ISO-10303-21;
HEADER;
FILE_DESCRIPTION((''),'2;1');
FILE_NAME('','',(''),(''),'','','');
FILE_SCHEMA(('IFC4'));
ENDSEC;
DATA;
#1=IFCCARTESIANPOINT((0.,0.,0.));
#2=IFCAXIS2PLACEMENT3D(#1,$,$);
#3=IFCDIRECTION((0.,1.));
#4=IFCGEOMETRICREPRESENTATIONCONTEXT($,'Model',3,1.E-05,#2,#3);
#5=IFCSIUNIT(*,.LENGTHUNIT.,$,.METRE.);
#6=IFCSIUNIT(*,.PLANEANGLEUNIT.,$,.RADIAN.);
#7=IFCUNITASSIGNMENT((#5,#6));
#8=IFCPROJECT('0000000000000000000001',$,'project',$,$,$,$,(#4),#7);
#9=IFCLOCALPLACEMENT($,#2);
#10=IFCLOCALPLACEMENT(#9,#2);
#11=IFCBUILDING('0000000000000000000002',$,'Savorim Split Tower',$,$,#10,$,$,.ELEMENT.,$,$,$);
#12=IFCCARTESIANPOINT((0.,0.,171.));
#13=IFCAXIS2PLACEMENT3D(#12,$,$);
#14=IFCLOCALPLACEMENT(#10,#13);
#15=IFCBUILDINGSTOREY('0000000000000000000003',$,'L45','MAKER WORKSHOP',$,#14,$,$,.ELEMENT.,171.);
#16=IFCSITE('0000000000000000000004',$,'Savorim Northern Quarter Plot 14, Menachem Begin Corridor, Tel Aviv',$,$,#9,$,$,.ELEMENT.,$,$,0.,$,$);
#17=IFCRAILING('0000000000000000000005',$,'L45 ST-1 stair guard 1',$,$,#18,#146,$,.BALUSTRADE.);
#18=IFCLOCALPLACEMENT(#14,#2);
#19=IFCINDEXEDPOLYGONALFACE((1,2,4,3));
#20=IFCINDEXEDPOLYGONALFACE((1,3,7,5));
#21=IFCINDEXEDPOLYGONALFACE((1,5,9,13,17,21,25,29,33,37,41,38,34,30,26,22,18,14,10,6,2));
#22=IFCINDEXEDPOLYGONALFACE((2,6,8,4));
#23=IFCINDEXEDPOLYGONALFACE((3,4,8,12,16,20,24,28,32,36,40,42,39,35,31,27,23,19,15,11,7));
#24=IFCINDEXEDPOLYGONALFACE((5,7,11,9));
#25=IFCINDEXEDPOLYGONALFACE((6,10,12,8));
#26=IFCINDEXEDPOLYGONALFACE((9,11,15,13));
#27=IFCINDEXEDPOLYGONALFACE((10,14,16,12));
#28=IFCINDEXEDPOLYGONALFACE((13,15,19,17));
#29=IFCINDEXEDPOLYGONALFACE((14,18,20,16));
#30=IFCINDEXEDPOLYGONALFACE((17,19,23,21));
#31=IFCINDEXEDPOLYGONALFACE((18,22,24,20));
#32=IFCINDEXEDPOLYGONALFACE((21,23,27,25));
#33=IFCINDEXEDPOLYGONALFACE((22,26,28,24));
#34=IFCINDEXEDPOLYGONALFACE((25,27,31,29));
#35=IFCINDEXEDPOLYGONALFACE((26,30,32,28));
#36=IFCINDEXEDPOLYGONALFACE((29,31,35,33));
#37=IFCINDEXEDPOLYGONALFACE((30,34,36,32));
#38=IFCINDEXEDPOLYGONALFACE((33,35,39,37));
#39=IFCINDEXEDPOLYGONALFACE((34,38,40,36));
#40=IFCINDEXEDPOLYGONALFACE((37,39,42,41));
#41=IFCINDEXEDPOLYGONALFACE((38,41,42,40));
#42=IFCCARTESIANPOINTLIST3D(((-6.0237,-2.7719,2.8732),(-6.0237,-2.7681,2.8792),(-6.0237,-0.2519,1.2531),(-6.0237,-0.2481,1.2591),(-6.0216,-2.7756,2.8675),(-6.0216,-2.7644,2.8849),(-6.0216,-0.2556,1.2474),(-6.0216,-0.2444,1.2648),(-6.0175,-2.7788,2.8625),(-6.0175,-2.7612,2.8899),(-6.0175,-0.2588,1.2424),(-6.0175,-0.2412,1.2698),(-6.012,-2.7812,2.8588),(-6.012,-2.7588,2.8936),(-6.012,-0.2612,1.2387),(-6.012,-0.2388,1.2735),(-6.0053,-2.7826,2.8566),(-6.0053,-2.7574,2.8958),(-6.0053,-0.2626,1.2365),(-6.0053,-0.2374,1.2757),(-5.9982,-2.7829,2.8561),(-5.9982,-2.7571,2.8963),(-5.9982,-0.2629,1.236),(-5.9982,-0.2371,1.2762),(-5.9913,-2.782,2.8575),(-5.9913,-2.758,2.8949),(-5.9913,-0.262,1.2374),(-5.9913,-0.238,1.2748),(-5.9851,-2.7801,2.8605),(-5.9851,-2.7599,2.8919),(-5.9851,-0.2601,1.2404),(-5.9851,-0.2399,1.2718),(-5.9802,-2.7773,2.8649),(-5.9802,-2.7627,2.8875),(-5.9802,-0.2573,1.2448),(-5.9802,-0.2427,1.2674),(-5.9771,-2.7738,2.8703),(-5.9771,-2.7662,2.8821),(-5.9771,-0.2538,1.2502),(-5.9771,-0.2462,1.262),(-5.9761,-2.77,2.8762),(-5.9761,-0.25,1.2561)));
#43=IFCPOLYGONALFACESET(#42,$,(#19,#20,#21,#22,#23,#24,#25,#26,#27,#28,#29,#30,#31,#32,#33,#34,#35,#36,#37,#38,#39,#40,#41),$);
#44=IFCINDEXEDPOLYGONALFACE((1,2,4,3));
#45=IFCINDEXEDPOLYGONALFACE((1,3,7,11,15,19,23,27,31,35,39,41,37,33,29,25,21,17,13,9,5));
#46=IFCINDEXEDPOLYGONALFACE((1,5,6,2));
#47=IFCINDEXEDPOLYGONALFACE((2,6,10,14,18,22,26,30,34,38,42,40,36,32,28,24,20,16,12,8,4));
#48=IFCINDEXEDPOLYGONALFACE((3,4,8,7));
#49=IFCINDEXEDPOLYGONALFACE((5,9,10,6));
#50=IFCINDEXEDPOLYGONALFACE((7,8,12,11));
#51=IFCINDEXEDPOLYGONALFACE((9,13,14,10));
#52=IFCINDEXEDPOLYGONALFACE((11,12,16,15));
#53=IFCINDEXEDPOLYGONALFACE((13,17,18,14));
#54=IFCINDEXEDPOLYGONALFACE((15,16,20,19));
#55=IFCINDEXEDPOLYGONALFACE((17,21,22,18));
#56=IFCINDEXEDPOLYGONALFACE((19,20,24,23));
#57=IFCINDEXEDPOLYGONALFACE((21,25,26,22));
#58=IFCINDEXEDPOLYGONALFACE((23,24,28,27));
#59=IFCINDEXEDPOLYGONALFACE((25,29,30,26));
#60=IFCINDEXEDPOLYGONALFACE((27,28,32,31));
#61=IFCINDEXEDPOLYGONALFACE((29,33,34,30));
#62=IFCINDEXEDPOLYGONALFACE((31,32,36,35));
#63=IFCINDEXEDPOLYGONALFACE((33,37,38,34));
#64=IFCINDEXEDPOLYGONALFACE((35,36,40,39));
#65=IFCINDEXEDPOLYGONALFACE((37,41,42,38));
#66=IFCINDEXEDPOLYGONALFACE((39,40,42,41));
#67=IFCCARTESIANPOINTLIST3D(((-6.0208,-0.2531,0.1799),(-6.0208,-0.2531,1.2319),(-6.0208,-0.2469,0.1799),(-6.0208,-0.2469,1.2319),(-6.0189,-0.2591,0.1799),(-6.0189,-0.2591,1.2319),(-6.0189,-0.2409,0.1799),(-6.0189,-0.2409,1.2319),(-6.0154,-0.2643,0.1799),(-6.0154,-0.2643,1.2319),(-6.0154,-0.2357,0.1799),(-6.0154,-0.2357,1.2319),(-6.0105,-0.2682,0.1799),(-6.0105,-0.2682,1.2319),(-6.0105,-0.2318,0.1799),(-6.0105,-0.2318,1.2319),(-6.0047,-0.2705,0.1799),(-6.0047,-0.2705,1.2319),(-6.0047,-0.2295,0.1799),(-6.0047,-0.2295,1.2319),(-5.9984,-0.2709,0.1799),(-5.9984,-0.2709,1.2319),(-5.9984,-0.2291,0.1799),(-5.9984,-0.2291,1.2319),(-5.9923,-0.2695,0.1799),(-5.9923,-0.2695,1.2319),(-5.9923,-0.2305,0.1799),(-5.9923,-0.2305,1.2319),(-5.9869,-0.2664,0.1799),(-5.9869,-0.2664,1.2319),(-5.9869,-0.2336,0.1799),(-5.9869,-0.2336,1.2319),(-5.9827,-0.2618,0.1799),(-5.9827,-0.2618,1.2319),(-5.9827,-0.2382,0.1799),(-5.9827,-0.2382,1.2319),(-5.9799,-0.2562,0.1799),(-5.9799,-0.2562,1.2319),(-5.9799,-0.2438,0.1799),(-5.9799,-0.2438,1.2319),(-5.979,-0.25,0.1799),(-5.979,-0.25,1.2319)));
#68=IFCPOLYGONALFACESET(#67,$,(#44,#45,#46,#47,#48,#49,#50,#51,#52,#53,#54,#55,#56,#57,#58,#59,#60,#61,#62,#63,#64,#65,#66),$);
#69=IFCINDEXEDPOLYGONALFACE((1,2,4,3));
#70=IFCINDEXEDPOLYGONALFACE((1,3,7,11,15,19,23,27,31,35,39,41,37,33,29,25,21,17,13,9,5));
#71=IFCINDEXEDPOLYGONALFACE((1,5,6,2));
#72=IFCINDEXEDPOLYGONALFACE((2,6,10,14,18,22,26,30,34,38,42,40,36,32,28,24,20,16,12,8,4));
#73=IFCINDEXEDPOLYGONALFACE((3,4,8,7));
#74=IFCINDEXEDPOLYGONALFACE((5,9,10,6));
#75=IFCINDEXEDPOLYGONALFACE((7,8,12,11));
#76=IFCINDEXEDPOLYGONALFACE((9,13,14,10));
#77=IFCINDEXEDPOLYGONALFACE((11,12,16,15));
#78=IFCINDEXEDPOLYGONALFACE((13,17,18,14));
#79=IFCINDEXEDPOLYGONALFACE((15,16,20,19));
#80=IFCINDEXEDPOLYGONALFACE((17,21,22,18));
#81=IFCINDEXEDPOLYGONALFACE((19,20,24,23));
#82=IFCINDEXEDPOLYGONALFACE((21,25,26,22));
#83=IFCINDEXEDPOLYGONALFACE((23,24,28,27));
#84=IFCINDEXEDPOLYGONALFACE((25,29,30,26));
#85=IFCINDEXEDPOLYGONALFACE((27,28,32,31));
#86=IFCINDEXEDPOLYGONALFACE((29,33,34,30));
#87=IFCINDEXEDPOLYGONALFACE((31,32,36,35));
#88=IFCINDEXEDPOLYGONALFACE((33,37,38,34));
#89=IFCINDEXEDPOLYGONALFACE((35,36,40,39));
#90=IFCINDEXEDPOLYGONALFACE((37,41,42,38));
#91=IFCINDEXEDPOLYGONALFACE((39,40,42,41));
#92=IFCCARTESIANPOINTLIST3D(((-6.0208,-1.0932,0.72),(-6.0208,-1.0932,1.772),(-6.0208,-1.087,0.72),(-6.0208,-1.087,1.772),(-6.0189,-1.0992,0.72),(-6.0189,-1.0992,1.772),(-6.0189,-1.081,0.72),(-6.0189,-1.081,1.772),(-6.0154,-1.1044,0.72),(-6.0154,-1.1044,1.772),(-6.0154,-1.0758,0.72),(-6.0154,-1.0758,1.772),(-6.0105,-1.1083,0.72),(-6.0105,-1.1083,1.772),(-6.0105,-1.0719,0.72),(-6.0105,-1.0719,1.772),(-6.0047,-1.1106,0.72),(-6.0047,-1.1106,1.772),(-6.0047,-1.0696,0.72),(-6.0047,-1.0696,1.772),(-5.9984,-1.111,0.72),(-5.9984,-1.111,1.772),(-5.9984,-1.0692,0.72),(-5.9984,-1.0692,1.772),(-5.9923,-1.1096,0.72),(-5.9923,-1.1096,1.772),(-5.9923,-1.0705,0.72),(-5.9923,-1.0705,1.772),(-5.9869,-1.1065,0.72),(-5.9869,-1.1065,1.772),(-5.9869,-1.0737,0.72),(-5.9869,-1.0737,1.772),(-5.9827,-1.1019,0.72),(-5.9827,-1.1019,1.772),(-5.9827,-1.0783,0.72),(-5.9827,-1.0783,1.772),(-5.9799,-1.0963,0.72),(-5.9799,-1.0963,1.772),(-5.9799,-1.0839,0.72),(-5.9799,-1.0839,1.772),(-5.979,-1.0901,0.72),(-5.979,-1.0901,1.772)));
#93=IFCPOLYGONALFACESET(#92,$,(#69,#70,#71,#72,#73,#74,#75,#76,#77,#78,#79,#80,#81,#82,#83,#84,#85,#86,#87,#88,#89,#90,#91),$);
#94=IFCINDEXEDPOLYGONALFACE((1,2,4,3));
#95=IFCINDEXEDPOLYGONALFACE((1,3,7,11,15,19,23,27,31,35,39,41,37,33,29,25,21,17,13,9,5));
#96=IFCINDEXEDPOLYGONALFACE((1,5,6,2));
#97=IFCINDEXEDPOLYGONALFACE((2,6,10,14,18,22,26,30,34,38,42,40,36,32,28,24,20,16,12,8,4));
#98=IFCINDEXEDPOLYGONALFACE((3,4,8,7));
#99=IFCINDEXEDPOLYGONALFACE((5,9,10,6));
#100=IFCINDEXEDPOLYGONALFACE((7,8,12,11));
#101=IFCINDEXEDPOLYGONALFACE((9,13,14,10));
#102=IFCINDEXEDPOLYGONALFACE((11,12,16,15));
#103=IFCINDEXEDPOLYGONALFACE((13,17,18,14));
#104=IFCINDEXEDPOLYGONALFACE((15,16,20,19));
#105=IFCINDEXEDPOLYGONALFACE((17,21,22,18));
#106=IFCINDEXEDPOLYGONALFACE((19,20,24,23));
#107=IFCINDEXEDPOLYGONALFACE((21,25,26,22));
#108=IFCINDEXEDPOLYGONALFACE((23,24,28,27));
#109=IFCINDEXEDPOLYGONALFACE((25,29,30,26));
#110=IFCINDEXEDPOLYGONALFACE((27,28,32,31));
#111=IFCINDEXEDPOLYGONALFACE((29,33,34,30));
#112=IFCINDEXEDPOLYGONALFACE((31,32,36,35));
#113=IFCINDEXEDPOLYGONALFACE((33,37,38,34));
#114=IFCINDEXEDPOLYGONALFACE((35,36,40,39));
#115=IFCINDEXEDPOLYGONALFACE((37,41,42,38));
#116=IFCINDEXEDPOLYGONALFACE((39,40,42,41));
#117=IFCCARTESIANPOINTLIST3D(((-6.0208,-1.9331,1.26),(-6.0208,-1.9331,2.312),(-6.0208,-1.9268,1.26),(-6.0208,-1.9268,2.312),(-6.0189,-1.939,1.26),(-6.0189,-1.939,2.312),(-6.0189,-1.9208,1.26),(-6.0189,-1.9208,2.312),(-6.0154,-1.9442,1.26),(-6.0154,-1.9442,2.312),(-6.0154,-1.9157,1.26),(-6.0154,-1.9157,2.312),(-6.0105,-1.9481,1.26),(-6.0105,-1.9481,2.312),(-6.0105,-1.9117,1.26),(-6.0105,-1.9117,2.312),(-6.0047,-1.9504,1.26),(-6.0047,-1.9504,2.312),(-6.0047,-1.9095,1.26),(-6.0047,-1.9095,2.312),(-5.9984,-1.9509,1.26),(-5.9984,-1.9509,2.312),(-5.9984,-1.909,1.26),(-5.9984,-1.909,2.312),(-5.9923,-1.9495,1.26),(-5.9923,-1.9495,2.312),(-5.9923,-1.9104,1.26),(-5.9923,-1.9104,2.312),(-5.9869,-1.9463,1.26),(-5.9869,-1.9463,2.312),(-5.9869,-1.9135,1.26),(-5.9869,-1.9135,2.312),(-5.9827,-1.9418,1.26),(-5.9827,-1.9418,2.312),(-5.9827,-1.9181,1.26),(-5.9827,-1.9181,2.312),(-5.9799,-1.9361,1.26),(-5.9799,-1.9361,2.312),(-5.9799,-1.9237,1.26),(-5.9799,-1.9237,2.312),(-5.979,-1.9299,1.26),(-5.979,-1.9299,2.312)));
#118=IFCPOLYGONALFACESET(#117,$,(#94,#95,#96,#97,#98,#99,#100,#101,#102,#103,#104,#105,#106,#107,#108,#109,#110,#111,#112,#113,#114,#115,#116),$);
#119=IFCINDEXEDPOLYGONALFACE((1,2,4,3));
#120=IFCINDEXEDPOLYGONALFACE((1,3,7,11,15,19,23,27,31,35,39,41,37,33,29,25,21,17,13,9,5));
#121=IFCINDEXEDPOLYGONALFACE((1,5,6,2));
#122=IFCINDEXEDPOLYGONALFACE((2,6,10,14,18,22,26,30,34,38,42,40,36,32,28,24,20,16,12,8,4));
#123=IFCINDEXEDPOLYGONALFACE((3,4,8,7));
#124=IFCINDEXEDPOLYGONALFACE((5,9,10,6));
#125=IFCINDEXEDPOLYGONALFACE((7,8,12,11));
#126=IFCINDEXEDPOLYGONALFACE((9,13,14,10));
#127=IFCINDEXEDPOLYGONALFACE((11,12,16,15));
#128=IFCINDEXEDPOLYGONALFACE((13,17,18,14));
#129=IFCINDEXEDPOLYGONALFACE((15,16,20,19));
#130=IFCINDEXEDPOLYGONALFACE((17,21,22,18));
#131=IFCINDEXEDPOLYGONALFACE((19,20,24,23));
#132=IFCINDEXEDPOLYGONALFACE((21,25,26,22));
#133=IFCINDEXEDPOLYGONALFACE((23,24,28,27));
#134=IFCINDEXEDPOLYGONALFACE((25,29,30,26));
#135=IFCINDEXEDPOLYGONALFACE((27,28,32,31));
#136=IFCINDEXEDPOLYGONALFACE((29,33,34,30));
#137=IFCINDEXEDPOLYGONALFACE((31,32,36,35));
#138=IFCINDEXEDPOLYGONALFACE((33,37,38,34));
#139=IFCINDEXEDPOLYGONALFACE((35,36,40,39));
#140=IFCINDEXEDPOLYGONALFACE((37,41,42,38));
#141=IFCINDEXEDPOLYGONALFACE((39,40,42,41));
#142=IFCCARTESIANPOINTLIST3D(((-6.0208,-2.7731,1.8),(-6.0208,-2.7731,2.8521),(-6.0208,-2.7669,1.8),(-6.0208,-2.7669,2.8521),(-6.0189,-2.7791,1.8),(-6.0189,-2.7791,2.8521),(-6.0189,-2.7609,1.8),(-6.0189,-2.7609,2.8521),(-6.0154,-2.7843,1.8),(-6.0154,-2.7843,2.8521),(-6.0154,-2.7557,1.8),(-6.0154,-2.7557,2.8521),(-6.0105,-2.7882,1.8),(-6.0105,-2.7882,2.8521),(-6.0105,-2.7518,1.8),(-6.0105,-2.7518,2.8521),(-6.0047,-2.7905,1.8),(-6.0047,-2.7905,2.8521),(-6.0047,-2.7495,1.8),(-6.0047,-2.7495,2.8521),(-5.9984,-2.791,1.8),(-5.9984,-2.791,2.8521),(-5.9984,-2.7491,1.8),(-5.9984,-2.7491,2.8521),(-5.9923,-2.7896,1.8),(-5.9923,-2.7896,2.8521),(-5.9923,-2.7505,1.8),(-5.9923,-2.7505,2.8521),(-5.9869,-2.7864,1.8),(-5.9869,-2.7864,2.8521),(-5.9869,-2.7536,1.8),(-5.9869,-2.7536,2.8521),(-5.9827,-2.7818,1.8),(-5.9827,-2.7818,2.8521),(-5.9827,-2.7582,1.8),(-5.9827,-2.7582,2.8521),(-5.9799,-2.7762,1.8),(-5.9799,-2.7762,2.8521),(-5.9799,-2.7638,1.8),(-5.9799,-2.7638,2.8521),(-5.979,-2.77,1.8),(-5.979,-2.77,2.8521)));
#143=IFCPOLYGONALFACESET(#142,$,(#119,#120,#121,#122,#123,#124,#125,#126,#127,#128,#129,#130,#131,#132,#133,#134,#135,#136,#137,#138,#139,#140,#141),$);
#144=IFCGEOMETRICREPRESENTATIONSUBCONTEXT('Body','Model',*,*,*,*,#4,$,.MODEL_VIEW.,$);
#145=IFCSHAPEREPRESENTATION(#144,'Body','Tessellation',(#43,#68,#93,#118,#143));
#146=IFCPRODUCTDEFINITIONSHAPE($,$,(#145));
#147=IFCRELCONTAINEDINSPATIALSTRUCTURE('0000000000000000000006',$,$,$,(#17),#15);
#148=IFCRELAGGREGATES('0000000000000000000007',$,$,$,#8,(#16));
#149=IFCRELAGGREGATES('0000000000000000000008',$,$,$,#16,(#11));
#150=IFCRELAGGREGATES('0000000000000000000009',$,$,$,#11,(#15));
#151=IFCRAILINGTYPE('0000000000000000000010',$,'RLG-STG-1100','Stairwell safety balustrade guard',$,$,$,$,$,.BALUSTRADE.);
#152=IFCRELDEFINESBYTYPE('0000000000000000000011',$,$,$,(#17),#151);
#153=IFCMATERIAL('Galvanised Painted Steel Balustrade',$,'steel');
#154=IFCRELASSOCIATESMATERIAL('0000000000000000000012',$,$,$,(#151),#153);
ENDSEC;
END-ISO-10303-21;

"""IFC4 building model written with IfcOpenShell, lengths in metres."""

from ifc_helpers import new_model, si_unit, direction, frame, origin, origin_2d, place, context, subcontext, project, spatial, circle, extrude, material, type_object, element, save


model = new_model("IFC4")

# Units and contexts
model_context = context("Model", 3, precision=1e-05, world=origin(), true_north=direction((0.0, 1.0)))
body_context = subcontext(model_context, "Body", "Model", "MODEL_VIEW")
ifc_project = project(units=[si_unit("LENGTHUNIT", "METRE"), si_unit("PLANEANGLEUNIT", "RADIAN")], contexts=[model_context])

# Site, building, storey
site_placement = place(None, origin())
site = spatial("IfcSite", under=ifc_project, at=site_placement, Name="Savorim Northern Quarter Plot 14, Menachem Begin Corridor, Tel Aviv", CompositionType="ELEMENT", RefElevation=0.0)
building_placement = place(site_placement, origin())
building = spatial("IfcBuilding", under=site, at=building_placement, Name="Savorim Split Tower", CompositionType="ELEMENT")
storey_placement = place(building_placement, frame((0.0, 0.0, 171.0)))
storey = spatial("IfcBuildingStorey", under=building, at=storey_placement, Name="L45", Description="MAKER WORKSHOP", CompositionType="ELEMENT", Elevation=171.0)

# Railing
ifc_material_1 = material(Name="Galvanised Painted Steel Balustrade", Category="steel")
railing_type_1 = type_object("IfcRailingType", Name="RLG-STG-1100", Description="Stairwell safety balustrade guard", PredefinedType="BALUSTRADE", material=ifc_material_1)
railing_1_placement = place(storey_placement, frame((-6.0, -0.25, 0.1799)))
element("IfcRailing", 1, at=railing_1_placement, inside=storey, type_object=railing_type_1, Name="L45 ST-1 stair guard 1", PredefinedType="BALUSTRADE", context=body_context, shape_type="SweptSolid", body=[
    extrude(circle(Radius=0.0239, at=origin_2d()), frame((0.0, 0.0, 1.0762), z_axis=(0.0, -0.841163, 0.540782), x_axis=(1.0, 0.0, 0.0)), (0.0, 0.0, 1.0), 2.9958),
    extrude(circle(Radius=0.021, at=origin_2d()), origin(), (0.0, 0.0, 1.0), 1.052),
    extrude(circle(Radius=0.021, at=origin_2d()), frame((0.0, -0.8401, 0.54)), (0.0, 0.0, 1.0), 1.052),
    extrude(circle(Radius=0.021, at=origin_2d()), frame((0.0, -1.6799, 1.0801)), (0.0, 0.0, 1.0), 1.052),
    extrude(circle(Radius=0.021, at=origin_2d()), frame((0.0, -2.52, 1.6201)), (0.0, 0.0, 1.0), 1.052),
])

save(model, "model.ifc")
